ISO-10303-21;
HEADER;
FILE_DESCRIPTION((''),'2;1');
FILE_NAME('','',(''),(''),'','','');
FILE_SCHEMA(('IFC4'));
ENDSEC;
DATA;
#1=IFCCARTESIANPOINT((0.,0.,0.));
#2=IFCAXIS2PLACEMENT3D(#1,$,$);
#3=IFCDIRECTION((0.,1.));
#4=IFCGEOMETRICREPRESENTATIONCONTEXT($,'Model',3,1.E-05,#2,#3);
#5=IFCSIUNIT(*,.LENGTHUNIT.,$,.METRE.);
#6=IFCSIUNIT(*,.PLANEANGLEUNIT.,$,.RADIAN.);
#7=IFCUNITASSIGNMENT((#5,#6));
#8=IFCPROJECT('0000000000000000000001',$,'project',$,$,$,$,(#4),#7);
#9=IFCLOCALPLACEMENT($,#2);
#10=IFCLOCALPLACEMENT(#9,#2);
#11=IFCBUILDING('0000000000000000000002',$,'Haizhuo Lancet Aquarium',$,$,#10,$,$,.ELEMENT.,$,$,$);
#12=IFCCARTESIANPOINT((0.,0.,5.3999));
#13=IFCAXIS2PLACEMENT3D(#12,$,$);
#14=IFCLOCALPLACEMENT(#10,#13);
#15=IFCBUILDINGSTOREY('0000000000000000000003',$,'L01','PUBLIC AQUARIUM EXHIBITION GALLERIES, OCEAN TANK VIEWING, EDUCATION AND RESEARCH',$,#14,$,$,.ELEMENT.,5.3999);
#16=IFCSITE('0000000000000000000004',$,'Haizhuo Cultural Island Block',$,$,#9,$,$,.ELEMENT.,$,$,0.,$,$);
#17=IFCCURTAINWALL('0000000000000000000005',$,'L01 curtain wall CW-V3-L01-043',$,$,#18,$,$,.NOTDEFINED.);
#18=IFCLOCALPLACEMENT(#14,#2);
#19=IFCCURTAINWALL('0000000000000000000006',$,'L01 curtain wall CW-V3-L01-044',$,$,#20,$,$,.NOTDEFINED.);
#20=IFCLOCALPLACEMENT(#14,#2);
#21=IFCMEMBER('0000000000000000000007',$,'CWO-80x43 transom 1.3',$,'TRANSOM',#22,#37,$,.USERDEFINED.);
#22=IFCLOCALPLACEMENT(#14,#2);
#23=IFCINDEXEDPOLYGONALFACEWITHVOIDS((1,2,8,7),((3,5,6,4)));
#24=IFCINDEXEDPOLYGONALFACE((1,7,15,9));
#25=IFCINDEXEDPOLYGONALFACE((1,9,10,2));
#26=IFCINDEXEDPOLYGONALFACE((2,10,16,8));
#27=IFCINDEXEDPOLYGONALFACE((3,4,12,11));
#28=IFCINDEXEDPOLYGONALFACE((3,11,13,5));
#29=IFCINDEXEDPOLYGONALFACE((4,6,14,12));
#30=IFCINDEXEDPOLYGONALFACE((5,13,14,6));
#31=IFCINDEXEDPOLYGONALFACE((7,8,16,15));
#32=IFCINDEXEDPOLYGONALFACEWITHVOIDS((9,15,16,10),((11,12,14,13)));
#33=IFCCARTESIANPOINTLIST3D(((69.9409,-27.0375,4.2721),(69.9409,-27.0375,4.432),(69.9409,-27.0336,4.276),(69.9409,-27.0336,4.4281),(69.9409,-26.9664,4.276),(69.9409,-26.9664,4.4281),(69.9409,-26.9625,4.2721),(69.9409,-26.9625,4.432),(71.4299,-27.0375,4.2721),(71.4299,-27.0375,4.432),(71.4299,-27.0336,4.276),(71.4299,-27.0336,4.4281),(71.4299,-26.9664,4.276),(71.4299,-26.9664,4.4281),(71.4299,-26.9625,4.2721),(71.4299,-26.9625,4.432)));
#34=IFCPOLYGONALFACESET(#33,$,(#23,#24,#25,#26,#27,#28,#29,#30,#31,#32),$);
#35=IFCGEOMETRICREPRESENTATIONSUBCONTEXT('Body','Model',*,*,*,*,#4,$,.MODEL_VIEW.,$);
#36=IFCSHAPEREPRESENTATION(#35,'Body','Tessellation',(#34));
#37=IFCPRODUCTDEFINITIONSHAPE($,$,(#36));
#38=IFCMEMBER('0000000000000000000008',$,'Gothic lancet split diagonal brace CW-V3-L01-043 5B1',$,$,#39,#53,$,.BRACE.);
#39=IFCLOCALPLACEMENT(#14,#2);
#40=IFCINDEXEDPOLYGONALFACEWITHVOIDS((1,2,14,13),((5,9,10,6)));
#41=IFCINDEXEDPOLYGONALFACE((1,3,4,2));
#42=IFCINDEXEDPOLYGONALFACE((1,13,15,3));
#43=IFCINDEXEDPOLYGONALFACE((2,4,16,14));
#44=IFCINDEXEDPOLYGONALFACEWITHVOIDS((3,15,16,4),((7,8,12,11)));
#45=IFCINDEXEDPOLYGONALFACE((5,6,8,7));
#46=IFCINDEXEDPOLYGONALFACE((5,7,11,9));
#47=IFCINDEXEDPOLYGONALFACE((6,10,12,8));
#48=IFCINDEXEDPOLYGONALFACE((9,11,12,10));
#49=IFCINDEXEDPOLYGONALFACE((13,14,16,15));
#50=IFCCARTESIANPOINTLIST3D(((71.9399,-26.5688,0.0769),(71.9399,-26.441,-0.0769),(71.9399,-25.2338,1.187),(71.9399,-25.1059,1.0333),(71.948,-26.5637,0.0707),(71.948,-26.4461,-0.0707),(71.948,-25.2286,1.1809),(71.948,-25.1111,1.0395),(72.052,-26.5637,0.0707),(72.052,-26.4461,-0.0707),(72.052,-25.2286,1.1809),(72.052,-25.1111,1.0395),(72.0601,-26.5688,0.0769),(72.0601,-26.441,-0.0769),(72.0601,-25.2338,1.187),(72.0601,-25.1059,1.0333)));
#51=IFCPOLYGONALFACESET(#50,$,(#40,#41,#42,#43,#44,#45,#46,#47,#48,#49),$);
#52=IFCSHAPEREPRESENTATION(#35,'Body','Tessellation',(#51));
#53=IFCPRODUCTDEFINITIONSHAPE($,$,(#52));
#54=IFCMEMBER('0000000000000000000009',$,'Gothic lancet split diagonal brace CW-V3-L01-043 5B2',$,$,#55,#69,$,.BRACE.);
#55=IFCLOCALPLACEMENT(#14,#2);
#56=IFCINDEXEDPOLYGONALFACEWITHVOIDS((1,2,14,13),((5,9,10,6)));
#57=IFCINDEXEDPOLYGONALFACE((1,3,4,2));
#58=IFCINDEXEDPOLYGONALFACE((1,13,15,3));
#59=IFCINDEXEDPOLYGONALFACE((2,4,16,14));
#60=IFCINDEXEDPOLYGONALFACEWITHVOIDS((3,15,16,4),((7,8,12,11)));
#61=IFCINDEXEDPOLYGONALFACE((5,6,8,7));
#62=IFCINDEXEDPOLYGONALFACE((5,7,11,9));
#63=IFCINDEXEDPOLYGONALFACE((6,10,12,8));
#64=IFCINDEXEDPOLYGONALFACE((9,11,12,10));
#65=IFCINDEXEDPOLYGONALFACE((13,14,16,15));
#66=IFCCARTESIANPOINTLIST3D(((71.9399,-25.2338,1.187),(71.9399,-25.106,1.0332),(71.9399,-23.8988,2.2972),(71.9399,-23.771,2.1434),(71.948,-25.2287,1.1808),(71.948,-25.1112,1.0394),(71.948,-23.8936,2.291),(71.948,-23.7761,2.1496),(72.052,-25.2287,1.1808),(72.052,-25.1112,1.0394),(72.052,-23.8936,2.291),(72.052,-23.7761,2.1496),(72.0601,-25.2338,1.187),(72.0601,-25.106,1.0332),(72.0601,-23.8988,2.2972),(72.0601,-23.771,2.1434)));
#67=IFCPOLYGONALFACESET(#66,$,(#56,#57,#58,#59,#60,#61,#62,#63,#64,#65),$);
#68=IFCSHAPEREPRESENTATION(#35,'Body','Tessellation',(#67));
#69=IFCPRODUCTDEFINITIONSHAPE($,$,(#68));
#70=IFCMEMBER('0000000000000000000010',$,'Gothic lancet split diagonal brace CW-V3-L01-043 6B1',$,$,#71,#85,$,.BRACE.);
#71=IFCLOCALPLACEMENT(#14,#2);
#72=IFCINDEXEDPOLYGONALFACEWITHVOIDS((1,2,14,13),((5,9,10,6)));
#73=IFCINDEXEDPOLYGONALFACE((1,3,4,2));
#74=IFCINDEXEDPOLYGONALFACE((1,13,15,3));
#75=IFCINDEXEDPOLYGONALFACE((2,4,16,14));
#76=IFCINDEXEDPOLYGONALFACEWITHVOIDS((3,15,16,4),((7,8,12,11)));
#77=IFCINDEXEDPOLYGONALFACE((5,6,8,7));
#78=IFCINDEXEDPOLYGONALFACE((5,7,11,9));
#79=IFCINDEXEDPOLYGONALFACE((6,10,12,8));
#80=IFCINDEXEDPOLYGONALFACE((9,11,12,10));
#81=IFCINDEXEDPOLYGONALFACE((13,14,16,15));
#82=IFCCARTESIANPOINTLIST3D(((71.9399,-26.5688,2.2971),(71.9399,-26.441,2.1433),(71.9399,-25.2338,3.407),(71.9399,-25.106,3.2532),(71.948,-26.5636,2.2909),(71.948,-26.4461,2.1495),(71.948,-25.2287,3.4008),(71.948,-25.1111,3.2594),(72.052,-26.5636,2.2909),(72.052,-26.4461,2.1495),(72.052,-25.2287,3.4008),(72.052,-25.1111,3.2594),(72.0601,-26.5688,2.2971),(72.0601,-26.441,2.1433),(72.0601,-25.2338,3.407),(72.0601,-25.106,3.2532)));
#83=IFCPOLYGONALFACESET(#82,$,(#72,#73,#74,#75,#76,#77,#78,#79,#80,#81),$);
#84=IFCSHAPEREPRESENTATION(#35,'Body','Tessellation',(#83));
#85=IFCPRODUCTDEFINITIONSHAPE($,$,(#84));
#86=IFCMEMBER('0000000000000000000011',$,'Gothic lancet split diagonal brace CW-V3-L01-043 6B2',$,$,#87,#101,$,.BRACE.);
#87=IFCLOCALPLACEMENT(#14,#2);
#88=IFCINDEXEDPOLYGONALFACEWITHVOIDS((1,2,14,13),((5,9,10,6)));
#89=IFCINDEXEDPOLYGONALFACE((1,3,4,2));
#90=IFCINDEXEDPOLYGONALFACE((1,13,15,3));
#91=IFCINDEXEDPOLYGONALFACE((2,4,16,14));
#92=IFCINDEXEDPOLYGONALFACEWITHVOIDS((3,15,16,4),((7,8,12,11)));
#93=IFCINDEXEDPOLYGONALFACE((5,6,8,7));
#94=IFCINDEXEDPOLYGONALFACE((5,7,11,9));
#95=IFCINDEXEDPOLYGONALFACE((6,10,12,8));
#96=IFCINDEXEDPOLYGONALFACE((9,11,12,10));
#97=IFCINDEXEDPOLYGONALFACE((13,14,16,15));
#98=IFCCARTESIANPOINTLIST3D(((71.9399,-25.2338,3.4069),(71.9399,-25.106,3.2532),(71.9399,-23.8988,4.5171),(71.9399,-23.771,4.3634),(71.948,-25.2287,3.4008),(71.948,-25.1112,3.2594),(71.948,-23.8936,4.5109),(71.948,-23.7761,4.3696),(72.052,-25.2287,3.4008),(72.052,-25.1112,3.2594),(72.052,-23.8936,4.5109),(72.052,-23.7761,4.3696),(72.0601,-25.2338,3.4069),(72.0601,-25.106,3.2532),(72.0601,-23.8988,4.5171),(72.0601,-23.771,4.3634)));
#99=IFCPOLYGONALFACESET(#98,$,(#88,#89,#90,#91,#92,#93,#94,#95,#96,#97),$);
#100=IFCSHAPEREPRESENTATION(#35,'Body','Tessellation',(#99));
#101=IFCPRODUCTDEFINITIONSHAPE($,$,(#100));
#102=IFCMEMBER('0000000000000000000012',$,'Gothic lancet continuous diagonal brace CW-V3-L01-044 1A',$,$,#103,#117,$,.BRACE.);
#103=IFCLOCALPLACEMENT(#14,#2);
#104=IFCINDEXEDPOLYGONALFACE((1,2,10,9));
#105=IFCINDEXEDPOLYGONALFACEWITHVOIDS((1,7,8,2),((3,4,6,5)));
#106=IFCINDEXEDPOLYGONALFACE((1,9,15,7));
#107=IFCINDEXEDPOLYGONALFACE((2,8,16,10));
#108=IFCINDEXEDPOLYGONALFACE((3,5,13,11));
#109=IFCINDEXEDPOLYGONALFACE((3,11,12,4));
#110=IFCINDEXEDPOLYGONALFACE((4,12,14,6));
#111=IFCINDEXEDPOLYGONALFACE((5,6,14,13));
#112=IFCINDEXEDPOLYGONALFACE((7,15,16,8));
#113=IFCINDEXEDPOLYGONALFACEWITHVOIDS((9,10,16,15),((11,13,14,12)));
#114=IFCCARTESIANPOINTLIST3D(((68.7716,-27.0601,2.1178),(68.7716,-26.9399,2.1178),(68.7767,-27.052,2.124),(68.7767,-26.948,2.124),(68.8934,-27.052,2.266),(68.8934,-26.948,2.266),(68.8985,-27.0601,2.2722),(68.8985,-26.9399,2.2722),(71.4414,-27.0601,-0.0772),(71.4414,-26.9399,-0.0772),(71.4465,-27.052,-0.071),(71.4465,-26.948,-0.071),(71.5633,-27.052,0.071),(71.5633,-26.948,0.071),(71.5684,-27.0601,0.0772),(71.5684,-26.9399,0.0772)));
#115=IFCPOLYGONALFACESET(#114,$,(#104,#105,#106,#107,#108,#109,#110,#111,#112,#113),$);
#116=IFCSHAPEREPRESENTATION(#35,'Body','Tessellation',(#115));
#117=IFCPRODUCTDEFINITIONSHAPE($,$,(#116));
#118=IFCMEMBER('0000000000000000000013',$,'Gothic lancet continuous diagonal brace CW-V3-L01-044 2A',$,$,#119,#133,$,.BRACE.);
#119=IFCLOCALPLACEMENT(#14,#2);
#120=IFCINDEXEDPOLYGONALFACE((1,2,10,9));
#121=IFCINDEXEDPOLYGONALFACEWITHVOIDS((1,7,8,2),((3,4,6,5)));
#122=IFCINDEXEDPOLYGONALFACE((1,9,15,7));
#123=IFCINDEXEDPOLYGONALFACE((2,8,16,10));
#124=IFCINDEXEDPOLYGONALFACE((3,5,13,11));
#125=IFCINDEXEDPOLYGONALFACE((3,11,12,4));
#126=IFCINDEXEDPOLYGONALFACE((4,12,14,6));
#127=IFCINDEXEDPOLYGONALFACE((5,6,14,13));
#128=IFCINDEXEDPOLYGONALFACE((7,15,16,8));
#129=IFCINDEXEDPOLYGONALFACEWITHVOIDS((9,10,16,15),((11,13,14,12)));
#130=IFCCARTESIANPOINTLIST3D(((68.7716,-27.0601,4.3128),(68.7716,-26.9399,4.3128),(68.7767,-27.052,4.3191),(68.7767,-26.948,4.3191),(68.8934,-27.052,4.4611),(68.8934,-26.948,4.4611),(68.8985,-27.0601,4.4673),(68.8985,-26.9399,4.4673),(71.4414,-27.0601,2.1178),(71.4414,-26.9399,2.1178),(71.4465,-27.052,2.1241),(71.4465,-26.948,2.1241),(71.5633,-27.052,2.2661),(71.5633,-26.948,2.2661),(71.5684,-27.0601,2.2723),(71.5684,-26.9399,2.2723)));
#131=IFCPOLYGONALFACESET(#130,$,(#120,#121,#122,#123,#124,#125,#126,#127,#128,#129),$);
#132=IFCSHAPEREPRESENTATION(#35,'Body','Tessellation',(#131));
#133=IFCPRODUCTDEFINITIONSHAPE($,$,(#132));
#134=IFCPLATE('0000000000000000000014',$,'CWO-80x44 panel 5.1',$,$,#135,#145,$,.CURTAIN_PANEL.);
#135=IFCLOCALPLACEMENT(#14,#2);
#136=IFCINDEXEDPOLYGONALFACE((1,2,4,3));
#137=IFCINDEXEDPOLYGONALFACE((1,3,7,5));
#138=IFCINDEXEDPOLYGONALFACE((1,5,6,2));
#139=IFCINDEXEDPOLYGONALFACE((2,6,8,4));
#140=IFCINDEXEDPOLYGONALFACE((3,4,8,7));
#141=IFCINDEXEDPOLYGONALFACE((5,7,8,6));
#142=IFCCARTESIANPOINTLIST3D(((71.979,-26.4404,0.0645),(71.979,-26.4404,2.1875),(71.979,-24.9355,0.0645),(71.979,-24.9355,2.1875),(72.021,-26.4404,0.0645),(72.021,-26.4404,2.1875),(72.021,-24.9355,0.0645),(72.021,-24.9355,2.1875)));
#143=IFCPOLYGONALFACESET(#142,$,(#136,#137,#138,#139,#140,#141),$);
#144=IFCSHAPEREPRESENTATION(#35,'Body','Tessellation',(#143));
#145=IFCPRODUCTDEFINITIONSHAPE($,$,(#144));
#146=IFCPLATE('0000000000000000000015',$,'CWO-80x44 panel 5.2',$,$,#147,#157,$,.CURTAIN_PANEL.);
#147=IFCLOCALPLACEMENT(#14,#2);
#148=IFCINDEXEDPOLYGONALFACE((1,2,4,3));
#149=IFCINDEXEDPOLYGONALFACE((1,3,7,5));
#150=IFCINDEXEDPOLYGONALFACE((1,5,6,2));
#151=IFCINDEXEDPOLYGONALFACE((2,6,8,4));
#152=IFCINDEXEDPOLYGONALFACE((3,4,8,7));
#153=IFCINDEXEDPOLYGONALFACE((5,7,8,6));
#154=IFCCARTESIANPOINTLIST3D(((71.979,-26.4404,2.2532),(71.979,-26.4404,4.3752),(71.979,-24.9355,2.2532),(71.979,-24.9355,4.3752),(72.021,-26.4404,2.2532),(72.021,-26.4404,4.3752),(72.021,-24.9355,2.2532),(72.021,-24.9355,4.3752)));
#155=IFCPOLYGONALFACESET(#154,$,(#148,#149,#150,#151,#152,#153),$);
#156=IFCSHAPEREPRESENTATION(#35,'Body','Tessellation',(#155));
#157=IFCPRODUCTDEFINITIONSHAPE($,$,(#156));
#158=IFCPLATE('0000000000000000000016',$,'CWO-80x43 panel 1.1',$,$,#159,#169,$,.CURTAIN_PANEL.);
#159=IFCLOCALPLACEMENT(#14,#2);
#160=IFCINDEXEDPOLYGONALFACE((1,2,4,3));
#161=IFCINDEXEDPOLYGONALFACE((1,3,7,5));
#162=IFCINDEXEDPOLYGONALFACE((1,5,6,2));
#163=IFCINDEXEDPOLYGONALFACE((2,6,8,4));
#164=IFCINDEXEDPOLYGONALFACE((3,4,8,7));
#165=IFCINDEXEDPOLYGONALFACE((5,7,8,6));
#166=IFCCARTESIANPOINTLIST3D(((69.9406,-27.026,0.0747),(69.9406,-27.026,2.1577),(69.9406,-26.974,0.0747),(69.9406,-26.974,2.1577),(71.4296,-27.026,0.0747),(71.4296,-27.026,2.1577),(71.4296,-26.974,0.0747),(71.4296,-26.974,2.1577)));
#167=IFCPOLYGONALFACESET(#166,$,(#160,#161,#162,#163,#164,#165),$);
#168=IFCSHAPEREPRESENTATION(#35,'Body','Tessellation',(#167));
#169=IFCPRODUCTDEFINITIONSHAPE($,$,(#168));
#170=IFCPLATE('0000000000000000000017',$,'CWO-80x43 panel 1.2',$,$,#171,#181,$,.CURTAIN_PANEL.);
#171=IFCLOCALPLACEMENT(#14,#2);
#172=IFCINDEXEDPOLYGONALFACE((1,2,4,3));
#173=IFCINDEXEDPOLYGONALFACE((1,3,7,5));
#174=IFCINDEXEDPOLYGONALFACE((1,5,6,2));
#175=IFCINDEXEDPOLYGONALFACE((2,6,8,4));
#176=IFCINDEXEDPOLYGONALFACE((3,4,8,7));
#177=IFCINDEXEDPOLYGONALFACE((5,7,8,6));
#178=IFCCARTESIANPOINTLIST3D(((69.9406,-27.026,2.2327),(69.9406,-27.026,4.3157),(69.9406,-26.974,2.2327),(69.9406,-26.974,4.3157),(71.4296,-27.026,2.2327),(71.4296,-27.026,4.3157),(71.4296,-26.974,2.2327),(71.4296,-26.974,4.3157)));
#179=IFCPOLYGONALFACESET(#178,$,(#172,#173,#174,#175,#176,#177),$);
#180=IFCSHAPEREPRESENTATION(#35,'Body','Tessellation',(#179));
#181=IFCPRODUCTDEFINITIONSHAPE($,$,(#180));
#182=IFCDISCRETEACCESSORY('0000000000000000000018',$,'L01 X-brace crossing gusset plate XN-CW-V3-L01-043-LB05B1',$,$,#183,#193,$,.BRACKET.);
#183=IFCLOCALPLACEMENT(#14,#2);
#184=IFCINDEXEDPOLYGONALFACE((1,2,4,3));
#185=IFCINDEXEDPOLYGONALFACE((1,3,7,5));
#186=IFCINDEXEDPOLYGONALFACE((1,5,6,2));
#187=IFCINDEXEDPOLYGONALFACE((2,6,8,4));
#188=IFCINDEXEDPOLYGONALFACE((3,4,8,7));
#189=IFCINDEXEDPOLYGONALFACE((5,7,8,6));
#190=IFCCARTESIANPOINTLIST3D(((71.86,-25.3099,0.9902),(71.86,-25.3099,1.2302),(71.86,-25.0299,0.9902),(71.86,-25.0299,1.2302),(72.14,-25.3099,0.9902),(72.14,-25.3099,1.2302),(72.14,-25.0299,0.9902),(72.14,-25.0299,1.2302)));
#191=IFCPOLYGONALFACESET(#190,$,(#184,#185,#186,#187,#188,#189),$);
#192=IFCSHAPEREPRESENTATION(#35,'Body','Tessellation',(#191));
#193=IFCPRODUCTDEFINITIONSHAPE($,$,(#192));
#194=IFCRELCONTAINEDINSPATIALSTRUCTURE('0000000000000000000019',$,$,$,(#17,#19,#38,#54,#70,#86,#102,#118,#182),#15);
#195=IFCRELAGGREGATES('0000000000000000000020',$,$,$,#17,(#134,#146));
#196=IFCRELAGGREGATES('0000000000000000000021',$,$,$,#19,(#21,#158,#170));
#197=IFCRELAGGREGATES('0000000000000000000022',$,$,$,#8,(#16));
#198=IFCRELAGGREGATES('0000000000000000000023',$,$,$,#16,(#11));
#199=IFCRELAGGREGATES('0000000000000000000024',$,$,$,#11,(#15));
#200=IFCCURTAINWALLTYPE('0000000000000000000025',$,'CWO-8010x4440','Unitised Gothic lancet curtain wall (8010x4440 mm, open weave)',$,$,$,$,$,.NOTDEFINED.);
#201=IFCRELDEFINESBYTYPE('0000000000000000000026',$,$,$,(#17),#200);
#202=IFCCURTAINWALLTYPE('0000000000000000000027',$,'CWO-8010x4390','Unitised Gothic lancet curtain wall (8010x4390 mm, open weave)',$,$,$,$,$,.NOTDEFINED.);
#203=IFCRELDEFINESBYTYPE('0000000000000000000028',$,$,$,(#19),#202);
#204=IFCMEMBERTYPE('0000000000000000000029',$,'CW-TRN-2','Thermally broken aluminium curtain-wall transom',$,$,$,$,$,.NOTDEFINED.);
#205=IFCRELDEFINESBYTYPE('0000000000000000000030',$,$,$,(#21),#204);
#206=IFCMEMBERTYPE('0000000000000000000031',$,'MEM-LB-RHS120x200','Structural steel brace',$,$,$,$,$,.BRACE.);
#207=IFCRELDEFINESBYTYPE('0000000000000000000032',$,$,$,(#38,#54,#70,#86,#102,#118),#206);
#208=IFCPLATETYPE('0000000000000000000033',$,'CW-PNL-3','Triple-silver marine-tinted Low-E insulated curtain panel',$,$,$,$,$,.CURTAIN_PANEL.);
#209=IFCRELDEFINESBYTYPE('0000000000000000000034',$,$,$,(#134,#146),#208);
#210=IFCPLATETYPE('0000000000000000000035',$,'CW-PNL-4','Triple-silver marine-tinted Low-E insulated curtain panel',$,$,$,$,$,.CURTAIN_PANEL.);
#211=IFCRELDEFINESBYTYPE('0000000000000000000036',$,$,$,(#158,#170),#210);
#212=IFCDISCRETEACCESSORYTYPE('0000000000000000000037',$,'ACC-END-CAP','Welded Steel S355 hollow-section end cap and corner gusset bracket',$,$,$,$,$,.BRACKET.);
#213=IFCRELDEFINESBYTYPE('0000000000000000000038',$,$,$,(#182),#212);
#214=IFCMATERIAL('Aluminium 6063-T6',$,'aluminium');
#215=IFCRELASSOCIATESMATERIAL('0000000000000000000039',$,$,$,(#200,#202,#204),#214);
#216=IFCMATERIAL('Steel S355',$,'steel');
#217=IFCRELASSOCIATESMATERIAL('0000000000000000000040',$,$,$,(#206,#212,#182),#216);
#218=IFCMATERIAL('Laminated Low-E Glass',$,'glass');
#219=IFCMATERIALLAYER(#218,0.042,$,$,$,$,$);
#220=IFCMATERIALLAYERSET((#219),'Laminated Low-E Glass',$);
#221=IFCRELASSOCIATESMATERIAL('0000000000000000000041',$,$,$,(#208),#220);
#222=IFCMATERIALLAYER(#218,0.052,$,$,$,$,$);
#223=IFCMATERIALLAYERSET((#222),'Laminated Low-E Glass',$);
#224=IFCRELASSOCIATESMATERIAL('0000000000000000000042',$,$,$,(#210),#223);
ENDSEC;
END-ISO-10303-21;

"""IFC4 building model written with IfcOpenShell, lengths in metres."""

from ifc_helpers import new_model, si_unit, direction, frame, origin, origin_2d, place, context, subcontext, project, spatial, rectangle, hollow_rectangle, extrude, material, layer, layer_set, material_profile, profile_set, type_object, element, aggregate, save


model = new_model("IFC4")

# Units and contexts
model_context = context("Model", 3, precision=1e-05, world=origin(), true_north=direction((0.0, 1.0)))
body_context = subcontext(model_context, "Body", "Model", "MODEL_VIEW")
ifc_project = project(units=[si_unit("LENGTHUNIT", "METRE"), si_unit("PLANEANGLEUNIT", "RADIAN")], contexts=[model_context])

# Site, building, storey
site_placement = place(None, origin())
site = spatial("IfcSite", under=ifc_project, at=site_placement, Name="Haizhuo Cultural Island Block", CompositionType="ELEMENT", RefElevation=0.0)
building_placement = place(site_placement, origin())
building = spatial("IfcBuilding", under=site, at=building_placement, Name="Haizhuo Lancet Aquarium", CompositionType="ELEMENT")
storey_placement = place(building_placement, frame((0.0, 0.0, 5.3999)))
storey = spatial("IfcBuildingStorey", under=building, at=storey_placement, Name="L01", Description="PUBLIC AQUARIUM EXHIBITION GALLERIES, OCEAN TANK VIEWING, EDUCATION AND RESEARCH", CompositionType="ELEMENT", Elevation=5.3999)

# Curtain wall
ifc_material_1 = material(Name="Aluminium 6063-T6", Category="aluminium")
curtain_wall_type_1 = type_object("IfcCurtainWallType", Name="CWO-8010x4440", Description="Unitised Gothic lancet curtain wall (8010x4440 mm, open weave)", PredefinedType="NOTDEFINED", material=ifc_material_1)
curtain_wall_1_placement = place(storey_placement, origin())
curtain_wall_1 = element("IfcCurtainWall", 1, at=curtain_wall_1_placement, inside=storey, type_object=curtain_wall_type_1, Name="L01 curtain wall CW-V3-L01-043", PredefinedType="NOTDEFINED")

# Curtain wall
curtain_wall_type_2 = type_object("IfcCurtainWallType", Name="CWO-8010x4390", Description="Unitised Gothic lancet curtain wall (8010x4390 mm, open weave)", PredefinedType="NOTDEFINED", material=ifc_material_1)
curtain_wall_2_placement = place(storey_placement, origin())
curtain_wall_2 = element("IfcCurtainWall", 2, at=curtain_wall_2_placement, inside=storey, type_object=curtain_wall_type_2, Name="L01 curtain wall CW-V3-L01-044", PredefinedType="NOTDEFINED")

# Member
ifc_material_profile_1 = material_profile(ifc_material_1, hollow_rectangle(XDim=0.075, YDim=0.1599, WallThickness=0.0039, at=origin_2d()), Name="ALU-T 75x160x4")
ifc_profile_set_1 = profile_set([ifc_material_profile_1], Name="Aluminium 6063-T6")
member_type_1 = type_object("IfcMemberType", Name="CW-TRN-2", Description="Thermally broken aluminium curtain-wall transom", PredefinedType="NOTDEFINED", material=ifc_profile_set_1)
member_1_placement = place(storey_placement, frame((71.4299, -27.0, 4.3521), z_axis=(-1.0, 0.0, 0.0), x_axis=(0.0, -1.0, 0.0)))
member_1 = element("IfcMember", 3, at=member_1_placement, type_object=member_type_1, Name="CWO-80x43 transom 1.3", ObjectType="TRANSOM", PredefinedType="USERDEFINED", context=body_context, shape_type="SweptSolid", body=[
    extrude(hollow_rectangle(XDim=0.075, YDim=0.1599, WallThickness=0.0039, at=origin_2d()), origin(), (0.0, 0.0, 1.0), 1.489),
])

# Members
ifc_material_2 = material(Name="Steel S355", Category="steel")
ifc_material_profile_2 = material_profile(ifc_material_2, hollow_rectangle(XDim=0.1201, YDim=0.2, WallThickness=0.0081, at=origin_2d()), Name="RHS 120x200x8")
ifc_profile_set_2 = profile_set([ifc_material_profile_2], Name="Steel S355")
member_type_2 = type_object("IfcMemberType", Name="MEM-LB-RHS120x200", Description="Structural steel brace", PredefinedType="BRACE", material=ifc_profile_set_2)
for number, where, z_axis, x_axis, name in (
    (4, (72.0, -26.5049, 0.0), (0.0, 0.768889, 0.639382), (-1.0, 0.0, 0.0), "Gothic lancet split diagonal brace CW-V3-L01-043 5B1"),
    (5, (72.0, -25.1699, 1.1101), (0.0, 0.768889, 0.639382), (-1.0, 0.0, 0.0), "Gothic lancet split diagonal brace CW-V3-L01-043 5B2"),
):
    element("IfcMember", number, at=place(storey_placement, frame(where, z_axis=z_axis, x_axis=x_axis)), inside=storey, type_object=member_type_2, Name=name, PredefinedType="BRACE", context=body_context, shape_type="SweptSolid", body=[
        extrude(hollow_rectangle(XDim=0.1201, YDim=0.2, WallThickness=0.0081, at=origin_2d()), origin(), (0.0, 0.0, 1.0), 1.7363),
    ])
member_2_placement = place(storey_placement, frame((72.0, -26.5049, 2.2202), z_axis=(0.0, 0.768958, 0.639299), x_axis=(-1.0, 0.0, 0.0)))
element("IfcMember", 6, at=member_2_placement, inside=storey, type_object=member_type_2, Name="Gothic lancet split diagonal brace CW-V3-L01-043 6B1", PredefinedType="BRACE", context=body_context, shape_type="SweptSolid", body=[
    extrude(hollow_rectangle(XDim=0.1201, YDim=0.2, WallThickness=0.0081, at=origin_2d()), origin(), (0.0, 0.0, 1.0), 1.7361),
])
member_3_placement = place(storey_placement, frame((72.0, -25.1699, 3.3301), z_axis=(0.0, 0.768889, 0.639382), x_axis=(-1.0, 0.0, 0.0)))
element("IfcMember", 7, at=member_3_placement, inside=storey, type_object=member_type_2, Name="Gothic lancet split diagonal brace CW-V3-L01-043 6B2", PredefinedType="BRACE", context=body_context, shape_type="SweptSolid", body=[
    extrude(hollow_rectangle(XDim=0.1201, YDim=0.2, WallThickness=0.0081, at=origin_2d()), origin(), (0.0, 0.0, 1.0), 1.7363),
])
for number, where, z_axis, x_axis, name in (
    (8, (71.5049, -27.0, 0.0), (-0.772454, 0.0, 0.635071), (0.0, -1.0, 0.0), "Gothic lancet continuous diagonal brace CW-V3-L01-044 1A"),
    (9, (71.5049, -27.0, 2.1951), (-0.772454, 0.0, 0.635071), (0.0, -1.0, 0.0), "Gothic lancet continuous diagonal brace CW-V3-L01-044 2A"),
):
    element("IfcMember", number, at=place(storey_placement, frame(where, z_axis=z_axis, x_axis=x_axis)), inside=storey, type_object=member_type_2, Name=name, PredefinedType="BRACE", context=body_context, shape_type="SweptSolid", body=[
        extrude(hollow_rectangle(XDim=0.1201, YDim=0.2, WallThickness=0.0081, at=origin_2d()), origin(), (0.0, 0.0, 1.0), 3.4563),
    ])

# Plates
ifc_material_3 = material(Name="Laminated Low-E Glass", Category="glass")
ifc_layer_1 = layer(ifc_material_3, 0.042)
ifc_layer_set_1 = layer_set([ifc_layer_1], Name="Laminated Low-E Glass")
plate_type_1 = type_object("IfcPlateType", Name="CW-PNL-3", Description="Triple-silver marine-tinted Low-E insulated curtain panel", PredefinedType="CURTAIN_PANEL", material=ifc_layer_set_1)
plate_1_placement = place(storey_placement, frame((72.0, -25.688, 0.0645), z_axis=(0.0, 0.0, 1.0), x_axis=(0.0, -1.0, 0.0)))
plate_1 = element("IfcPlate", 10, at=plate_1_placement, type_object=plate_type_1, Name="CWO-80x44 panel 5.1", PredefinedType="CURTAIN_PANEL", context=body_context, shape_type="SweptSolid", body=[
    extrude(rectangle(XDim=1.5049, YDim=0.042, at=origin_2d()), origin(), (0.0, 0.0, 1.0), 2.123),
])
plate_2_placement = place(storey_placement, frame((72.0, -25.688, 2.2532), z_axis=(0.0, 0.0, 1.0), x_axis=(0.0, -1.0, 0.0)))
plate_2 = element("IfcPlate", 11, at=plate_2_placement, type_object=plate_type_1, Name="CWO-80x44 panel 5.2", PredefinedType="CURTAIN_PANEL", context=body_context, shape_type="SweptSolid", body=[
    extrude(rectangle(XDim=1.5049, YDim=0.042, at=origin_2d()), origin(), (0.0, 0.0, 1.0), 2.1221),
])
aggregate(curtain_wall_1, [plate_1, plate_2])
ifc_layer_2 = layer(ifc_material_3, 0.052)
ifc_layer_set_2 = layer_set([ifc_layer_2], Name="Laminated Low-E Glass")
plate_type_2 = type_object("IfcPlateType", Name="CW-PNL-4", Description="Triple-silver marine-tinted Low-E insulated curtain panel", PredefinedType="CURTAIN_PANEL", material=ifc_layer_set_2)
plate_3_placement = place(storey_placement, frame((70.6851, -27.0, 0.0747), z_axis=(0.0, 0.0, 1.0), x_axis=(-1.0, 0.0, 0.0)))
plate_3 = element("IfcPlate", 12, at=plate_3_placement, type_object=plate_type_2, Name="CWO-80x43 panel 1.1", PredefinedType="CURTAIN_PANEL", context=body_context, shape_type="SweptSolid", body=[
    extrude(rectangle(XDim=1.489, YDim=0.052, at=origin_2d()), origin(), (0.0, 0.0, 1.0), 2.083),
])
plate_4_placement = place(storey_placement, frame((70.6851, -27.0, 2.2327), z_axis=(0.0, 0.0, 1.0), x_axis=(-1.0, 0.0, 0.0)))
plate_4 = element("IfcPlate", 13, at=plate_4_placement, type_object=plate_type_2, Name="CWO-80x43 panel 1.2", PredefinedType="CURTAIN_PANEL", context=body_context, shape_type="SweptSolid", body=[
    extrude(rectangle(XDim=1.489, YDim=0.052, at=origin_2d()), origin(), (0.0, 0.0, 1.0), 2.083),
])
aggregate(curtain_wall_2, [member_1, plate_3, plate_4])

# Discrete accessory
discrete_accessory_type = type_object("IfcDiscreteAccessoryType", Name="ACC-END-CAP", Description="Welded Steel S355 hollow-section end cap and corner gusset bracket", PredefinedType="BRACKET", material=ifc_material_2)
for number, where, z_axis, x_axis, name in (
    (14, (72.0, -25.1699, 0.9902), (0.0, 0.0, 1.0), (1.0, 0.0, 0.0), "L01 X-brace crossing gusset plate XN-CW-V3-L01-043-LB05B1"),
):
    element("IfcDiscreteAccessory", number, at=place(storey_placement, frame(where, z_axis=z_axis, x_axis=x_axis)), inside=storey, type_object=discrete_accessory_type, material=ifc_material_2, Name=name, PredefinedType="BRACKET", context=body_context, shape_type="SweptSolid", body=[
        extrude(rectangle(XDim=0.28, YDim=0.28, at=origin_2d()), origin(), (0.0, 0.0, 1.0), 0.24),
    ])

save(model, "model.ifc")
